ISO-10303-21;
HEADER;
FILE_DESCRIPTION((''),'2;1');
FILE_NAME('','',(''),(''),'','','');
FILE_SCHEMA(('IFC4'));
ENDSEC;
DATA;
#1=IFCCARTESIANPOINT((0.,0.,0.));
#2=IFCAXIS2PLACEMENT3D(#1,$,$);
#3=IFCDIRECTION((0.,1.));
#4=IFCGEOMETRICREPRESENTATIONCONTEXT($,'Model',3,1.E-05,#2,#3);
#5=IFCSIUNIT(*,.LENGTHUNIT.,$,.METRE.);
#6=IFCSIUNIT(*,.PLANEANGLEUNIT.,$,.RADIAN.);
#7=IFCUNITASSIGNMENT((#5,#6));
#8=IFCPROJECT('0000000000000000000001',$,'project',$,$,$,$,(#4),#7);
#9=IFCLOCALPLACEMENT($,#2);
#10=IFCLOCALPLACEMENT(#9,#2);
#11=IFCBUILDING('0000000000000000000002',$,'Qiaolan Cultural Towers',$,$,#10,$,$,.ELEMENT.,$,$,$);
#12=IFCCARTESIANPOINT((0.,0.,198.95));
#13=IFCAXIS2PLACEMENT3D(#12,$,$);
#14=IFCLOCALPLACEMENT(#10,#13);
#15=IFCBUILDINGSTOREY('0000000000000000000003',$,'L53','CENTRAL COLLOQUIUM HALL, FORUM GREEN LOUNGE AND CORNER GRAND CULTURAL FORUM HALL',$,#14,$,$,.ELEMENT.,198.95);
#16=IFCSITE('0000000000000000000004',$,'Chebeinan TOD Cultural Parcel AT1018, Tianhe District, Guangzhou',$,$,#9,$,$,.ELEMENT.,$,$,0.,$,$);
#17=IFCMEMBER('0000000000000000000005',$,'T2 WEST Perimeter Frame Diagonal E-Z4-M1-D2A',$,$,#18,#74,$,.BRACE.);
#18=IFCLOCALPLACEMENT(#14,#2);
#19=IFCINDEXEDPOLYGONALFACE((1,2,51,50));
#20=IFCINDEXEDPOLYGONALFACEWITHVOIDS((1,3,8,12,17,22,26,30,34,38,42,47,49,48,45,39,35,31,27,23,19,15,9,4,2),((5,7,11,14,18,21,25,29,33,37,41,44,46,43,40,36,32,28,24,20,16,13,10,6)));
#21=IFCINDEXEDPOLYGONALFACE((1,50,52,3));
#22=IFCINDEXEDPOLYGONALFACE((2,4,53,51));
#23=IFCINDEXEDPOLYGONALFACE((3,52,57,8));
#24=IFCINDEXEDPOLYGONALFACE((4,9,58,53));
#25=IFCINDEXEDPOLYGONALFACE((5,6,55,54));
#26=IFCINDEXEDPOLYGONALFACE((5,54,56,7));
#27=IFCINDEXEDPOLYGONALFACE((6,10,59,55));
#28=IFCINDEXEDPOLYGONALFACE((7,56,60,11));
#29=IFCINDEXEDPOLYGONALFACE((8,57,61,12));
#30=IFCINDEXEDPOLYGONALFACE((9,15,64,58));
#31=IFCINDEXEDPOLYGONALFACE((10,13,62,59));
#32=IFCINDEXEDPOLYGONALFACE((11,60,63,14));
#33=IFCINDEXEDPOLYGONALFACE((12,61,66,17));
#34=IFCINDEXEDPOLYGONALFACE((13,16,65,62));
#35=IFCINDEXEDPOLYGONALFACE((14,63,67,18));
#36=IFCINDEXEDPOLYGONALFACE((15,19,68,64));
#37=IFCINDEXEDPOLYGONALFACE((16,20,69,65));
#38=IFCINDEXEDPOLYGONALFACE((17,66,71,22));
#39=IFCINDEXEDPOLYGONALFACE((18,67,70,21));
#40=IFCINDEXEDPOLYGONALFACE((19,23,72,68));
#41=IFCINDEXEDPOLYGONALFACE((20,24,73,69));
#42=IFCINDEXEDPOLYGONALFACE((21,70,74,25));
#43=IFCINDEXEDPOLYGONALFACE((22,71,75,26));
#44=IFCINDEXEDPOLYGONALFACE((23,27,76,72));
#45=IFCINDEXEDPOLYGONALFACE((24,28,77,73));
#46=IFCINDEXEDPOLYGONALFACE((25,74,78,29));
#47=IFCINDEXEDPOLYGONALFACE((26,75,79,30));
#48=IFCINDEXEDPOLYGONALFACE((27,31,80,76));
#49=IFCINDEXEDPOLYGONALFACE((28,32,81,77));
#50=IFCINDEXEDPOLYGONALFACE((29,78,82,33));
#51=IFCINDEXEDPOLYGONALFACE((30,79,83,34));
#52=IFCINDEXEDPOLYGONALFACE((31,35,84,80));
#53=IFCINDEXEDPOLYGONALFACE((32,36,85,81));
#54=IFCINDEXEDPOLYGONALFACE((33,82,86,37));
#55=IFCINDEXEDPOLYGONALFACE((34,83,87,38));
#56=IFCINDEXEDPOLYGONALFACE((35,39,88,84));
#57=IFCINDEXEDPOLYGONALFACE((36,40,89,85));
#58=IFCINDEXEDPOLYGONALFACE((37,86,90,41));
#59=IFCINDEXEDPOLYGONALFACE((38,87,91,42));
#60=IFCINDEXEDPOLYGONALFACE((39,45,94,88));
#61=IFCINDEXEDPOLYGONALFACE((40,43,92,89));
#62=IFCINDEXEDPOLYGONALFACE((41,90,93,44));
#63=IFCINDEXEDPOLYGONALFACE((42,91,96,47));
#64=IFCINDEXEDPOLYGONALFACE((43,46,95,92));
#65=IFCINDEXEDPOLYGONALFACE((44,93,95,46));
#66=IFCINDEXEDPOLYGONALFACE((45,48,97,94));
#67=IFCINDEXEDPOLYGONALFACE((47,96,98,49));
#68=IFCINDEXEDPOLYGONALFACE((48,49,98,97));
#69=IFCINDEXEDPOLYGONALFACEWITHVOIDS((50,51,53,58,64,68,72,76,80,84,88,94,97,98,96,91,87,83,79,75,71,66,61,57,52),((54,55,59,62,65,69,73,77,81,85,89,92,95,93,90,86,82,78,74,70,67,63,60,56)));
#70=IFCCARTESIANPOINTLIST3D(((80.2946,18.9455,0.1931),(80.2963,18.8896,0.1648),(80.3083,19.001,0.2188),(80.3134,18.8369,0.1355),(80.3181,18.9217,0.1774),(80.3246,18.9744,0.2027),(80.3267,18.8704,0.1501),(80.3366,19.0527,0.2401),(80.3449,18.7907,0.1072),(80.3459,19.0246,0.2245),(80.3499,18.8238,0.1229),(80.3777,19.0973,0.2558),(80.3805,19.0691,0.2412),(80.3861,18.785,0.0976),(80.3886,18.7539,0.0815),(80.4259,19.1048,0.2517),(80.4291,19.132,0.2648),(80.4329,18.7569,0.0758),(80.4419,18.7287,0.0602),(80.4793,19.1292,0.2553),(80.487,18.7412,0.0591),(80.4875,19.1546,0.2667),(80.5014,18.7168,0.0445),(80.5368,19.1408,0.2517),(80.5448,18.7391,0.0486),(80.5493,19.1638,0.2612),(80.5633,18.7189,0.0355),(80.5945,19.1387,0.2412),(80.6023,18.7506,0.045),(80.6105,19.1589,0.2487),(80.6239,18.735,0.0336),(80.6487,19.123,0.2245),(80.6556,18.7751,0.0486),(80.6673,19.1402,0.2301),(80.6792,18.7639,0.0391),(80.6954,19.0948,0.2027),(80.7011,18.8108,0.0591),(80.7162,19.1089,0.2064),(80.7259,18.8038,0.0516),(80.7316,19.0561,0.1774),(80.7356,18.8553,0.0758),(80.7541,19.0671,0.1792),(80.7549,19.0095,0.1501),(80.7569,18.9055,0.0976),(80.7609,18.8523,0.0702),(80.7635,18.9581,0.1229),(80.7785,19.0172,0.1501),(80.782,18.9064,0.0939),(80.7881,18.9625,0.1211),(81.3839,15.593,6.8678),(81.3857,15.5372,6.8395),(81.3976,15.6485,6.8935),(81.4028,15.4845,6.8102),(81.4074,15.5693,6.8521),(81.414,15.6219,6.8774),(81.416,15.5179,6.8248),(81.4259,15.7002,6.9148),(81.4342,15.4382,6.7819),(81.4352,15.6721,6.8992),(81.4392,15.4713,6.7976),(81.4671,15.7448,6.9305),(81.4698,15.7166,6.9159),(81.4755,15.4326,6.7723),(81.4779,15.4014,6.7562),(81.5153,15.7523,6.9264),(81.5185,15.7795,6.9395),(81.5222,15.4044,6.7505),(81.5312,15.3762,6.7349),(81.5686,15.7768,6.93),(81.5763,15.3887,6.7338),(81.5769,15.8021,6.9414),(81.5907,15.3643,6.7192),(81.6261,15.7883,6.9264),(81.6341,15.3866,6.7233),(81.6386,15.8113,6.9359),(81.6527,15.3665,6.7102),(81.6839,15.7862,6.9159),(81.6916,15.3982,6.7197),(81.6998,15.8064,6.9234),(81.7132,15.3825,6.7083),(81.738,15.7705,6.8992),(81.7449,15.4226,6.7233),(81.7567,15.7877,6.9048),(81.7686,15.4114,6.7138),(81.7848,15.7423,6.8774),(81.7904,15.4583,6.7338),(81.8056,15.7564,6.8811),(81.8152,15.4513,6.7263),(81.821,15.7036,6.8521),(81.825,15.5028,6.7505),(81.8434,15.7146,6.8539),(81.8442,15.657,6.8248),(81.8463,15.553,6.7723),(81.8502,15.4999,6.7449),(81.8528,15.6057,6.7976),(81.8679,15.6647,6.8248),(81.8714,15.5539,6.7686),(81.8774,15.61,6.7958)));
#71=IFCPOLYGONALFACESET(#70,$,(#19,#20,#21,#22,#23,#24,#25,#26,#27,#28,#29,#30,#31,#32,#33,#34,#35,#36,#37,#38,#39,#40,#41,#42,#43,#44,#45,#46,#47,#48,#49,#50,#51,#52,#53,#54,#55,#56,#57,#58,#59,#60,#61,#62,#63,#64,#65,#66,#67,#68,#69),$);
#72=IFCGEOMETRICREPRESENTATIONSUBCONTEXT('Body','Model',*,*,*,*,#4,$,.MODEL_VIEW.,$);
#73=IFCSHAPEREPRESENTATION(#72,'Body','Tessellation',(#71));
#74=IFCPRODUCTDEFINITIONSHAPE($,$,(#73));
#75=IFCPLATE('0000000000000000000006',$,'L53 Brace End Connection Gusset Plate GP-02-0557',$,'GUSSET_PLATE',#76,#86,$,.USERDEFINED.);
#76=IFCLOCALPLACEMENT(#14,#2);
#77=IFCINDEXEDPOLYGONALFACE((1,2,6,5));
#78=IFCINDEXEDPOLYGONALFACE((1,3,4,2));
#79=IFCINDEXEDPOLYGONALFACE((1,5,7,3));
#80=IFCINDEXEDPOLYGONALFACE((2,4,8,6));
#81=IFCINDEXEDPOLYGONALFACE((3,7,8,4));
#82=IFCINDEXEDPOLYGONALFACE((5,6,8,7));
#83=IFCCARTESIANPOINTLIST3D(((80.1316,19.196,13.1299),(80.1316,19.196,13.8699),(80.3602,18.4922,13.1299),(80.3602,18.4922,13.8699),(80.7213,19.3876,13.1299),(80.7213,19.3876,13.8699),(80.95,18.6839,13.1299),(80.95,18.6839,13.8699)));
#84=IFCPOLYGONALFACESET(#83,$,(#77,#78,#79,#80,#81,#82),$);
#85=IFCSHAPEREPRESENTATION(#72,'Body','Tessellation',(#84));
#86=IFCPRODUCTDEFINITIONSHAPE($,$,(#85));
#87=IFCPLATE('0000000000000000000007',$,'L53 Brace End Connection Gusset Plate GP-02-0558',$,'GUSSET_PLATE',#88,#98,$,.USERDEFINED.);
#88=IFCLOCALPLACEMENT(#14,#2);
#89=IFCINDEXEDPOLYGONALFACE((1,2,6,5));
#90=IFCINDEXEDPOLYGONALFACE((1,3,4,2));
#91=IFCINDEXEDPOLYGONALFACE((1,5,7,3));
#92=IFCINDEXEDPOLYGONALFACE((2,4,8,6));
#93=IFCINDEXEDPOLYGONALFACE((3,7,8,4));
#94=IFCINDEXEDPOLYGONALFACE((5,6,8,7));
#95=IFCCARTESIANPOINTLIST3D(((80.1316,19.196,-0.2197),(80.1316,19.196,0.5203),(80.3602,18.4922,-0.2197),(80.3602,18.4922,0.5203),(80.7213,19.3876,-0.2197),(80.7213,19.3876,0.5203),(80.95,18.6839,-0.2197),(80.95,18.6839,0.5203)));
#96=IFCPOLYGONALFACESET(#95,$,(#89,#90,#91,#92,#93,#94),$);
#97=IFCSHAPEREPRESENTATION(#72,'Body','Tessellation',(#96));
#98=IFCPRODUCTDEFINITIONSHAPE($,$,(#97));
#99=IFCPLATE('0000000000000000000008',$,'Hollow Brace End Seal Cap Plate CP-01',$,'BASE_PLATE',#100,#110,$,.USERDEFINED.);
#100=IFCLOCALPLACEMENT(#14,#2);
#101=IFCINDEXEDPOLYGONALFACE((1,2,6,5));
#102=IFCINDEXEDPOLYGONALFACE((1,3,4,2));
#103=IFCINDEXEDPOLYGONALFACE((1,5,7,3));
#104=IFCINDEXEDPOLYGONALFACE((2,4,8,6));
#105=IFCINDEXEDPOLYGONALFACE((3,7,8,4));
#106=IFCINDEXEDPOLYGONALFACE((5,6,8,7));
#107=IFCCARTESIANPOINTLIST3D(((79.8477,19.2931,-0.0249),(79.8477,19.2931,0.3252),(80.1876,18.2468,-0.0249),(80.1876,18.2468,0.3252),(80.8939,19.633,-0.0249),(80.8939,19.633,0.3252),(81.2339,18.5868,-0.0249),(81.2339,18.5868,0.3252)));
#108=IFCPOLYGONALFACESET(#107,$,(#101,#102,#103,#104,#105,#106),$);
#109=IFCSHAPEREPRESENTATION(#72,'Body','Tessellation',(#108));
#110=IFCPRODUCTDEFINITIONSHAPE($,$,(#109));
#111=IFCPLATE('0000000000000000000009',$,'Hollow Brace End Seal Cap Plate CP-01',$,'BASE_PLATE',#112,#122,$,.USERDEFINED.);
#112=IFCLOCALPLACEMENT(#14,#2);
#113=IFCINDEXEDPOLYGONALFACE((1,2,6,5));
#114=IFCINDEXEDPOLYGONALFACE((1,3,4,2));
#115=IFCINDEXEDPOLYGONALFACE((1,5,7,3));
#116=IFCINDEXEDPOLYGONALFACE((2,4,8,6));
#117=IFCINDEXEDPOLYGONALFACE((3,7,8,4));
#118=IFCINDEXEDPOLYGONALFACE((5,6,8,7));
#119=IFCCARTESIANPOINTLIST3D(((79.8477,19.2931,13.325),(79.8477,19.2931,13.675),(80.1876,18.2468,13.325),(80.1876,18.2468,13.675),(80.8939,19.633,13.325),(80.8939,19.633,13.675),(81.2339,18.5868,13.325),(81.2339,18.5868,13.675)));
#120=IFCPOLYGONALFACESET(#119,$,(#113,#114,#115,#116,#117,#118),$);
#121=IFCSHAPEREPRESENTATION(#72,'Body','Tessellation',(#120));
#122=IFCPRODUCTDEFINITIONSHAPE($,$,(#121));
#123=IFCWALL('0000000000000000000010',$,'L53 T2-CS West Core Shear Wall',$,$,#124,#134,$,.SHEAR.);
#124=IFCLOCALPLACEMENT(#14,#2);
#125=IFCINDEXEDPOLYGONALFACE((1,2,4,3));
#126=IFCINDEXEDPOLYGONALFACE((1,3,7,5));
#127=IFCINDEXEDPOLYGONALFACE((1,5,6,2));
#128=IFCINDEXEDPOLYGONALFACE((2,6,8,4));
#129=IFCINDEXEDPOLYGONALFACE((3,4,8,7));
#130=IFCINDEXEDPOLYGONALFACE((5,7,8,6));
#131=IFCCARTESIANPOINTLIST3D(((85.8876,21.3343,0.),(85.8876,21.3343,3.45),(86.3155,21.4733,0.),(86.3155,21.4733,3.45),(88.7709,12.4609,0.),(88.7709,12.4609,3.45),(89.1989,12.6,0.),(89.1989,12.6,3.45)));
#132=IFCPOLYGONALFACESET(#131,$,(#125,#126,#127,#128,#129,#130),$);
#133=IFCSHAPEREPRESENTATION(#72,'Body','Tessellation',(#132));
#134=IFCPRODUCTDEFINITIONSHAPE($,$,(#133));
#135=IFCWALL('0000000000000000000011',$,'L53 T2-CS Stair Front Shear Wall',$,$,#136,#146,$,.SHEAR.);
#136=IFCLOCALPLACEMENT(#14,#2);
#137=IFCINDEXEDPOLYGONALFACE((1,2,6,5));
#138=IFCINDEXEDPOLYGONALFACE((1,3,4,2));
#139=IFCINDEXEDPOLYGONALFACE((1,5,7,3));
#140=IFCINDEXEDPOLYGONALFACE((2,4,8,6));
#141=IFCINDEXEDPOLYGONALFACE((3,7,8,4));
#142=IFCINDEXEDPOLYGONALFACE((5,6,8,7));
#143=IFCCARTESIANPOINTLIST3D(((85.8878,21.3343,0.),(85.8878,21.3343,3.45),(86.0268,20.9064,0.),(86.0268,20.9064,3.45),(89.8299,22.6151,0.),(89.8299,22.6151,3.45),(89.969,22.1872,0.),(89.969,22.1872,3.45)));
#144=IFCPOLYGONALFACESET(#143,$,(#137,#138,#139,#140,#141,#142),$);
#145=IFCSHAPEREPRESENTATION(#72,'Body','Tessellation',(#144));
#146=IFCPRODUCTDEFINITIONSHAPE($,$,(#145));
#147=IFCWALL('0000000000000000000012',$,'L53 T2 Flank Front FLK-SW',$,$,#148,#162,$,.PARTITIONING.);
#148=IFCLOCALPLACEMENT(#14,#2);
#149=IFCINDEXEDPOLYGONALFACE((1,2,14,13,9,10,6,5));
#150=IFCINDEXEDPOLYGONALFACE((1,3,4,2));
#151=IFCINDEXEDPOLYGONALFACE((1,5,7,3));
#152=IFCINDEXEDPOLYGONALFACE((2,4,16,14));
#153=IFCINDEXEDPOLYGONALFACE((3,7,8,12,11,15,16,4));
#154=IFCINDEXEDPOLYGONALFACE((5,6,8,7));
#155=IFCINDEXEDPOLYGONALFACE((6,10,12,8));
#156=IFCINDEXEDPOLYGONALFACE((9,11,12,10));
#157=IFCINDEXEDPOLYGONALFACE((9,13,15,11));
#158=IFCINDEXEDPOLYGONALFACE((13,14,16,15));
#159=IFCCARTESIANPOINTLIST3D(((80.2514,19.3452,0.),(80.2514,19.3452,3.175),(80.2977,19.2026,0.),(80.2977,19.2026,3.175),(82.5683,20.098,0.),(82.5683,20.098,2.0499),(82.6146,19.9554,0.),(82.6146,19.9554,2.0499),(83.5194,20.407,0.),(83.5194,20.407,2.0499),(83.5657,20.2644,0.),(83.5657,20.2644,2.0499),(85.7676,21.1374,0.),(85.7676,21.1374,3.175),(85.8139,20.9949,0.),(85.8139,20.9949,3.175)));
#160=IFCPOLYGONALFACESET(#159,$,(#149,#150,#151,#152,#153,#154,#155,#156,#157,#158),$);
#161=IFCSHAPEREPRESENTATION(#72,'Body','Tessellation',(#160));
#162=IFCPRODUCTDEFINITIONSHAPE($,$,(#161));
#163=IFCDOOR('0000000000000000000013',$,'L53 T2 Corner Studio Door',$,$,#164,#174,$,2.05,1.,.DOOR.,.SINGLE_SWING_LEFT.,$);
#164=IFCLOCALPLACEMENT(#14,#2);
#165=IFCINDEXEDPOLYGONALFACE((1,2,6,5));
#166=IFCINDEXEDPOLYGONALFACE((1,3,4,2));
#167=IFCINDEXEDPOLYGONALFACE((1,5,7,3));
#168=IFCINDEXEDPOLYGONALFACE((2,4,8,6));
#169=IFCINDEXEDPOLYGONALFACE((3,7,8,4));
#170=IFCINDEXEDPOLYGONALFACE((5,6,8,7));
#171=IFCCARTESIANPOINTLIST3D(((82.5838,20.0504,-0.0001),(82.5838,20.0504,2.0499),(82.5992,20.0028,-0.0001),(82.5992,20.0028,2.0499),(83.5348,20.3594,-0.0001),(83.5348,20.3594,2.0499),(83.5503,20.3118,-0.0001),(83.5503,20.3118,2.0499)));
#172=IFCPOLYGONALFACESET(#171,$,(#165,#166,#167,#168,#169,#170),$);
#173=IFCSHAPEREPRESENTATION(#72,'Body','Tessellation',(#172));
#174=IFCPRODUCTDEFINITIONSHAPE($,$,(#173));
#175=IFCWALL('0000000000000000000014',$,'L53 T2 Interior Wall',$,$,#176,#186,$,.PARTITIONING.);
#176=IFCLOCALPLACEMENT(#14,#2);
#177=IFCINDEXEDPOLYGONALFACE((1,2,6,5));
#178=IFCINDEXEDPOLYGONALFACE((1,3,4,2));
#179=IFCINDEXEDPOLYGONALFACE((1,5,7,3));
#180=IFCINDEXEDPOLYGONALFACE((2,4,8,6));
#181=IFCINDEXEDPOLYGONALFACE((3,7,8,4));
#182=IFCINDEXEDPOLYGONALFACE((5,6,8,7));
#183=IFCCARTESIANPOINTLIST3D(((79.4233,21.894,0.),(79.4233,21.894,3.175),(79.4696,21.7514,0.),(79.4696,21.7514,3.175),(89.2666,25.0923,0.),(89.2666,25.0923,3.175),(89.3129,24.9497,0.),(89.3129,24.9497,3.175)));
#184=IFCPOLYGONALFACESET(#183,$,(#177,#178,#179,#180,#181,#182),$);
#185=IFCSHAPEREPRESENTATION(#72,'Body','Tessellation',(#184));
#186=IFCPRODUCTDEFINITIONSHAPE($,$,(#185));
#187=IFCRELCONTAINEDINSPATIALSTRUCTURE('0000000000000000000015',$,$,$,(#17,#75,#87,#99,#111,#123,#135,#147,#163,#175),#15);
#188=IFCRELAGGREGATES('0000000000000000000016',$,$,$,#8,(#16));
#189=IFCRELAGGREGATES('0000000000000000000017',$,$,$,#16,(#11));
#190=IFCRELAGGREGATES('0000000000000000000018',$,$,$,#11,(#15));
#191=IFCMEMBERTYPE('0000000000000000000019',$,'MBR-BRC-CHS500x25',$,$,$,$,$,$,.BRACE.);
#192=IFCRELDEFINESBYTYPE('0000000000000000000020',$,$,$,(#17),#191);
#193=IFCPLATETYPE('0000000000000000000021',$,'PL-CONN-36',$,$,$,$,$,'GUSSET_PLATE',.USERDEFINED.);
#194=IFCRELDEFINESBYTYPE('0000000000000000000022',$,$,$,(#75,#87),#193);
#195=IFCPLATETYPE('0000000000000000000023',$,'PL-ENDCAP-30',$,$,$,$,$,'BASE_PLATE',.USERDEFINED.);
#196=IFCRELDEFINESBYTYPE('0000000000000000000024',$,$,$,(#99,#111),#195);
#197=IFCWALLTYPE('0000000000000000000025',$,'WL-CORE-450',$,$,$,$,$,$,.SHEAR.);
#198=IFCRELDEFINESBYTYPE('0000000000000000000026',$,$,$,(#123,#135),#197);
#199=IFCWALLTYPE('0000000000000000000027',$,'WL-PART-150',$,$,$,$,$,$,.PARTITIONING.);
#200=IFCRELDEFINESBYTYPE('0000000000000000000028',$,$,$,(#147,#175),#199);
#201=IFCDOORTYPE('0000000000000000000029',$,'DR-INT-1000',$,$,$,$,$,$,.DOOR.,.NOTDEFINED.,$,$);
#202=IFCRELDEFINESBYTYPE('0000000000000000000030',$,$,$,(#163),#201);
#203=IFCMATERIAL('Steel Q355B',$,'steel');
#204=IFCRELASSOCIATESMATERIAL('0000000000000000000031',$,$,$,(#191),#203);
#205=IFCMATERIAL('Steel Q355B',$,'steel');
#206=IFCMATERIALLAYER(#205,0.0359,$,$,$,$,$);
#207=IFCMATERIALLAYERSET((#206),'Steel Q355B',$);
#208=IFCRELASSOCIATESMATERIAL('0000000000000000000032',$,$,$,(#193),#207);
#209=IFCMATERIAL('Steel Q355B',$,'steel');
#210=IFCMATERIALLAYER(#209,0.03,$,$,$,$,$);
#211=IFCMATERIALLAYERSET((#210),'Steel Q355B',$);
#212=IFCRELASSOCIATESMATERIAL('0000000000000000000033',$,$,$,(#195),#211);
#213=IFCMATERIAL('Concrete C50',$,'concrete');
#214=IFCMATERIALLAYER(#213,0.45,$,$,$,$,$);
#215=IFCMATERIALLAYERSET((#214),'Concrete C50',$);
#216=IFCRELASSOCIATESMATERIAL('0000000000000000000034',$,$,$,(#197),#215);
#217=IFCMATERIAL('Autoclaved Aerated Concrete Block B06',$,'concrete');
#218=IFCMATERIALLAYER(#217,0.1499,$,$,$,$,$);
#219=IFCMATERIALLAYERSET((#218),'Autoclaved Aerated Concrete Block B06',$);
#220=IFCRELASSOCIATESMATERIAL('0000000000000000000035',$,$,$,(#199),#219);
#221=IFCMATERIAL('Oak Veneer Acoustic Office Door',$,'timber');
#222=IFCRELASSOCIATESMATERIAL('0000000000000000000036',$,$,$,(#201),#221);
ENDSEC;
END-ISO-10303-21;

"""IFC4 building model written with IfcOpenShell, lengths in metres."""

from ifc_helpers import new_model, si_unit, direction, frame, frame_2d, origin, origin_2d, place, context, subcontext, project, spatial, rectangle, hollow_circle, extrude, material, layer, layer_set, material_profile, profile_set, type_object, element, fill, save


model = new_model("IFC4")

# Units and contexts
model_context = context("Model", 3, precision=1e-05, world=origin(), true_north=direction((0.0, 1.0)))
body_context = subcontext(model_context, "Body", "Model", "MODEL_VIEW")
ifc_project = project(units=[si_unit("LENGTHUNIT", "METRE"), si_unit("PLANEANGLEUNIT", "RADIAN")], contexts=[model_context])

# Site, building, storey
site_placement = place(None, origin())
site = spatial("IfcSite", under=ifc_project, at=site_placement, Name="Chebeinan TOD Cultural Parcel AT1018, Tianhe District, Guangzhou", CompositionType="ELEMENT", RefElevation=0.0)
building_placement = place(site_placement, origin())
building = spatial("IfcBuilding", under=site, at=building_placement, Name="Qiaolan Cultural Towers", CompositionType="ELEMENT")
storey_placement = place(building_placement, frame((0.0, 0.0, 198.95)))
storey = spatial("IfcBuildingStorey", under=building, at=storey_placement, Name="L53", Description="CENTRAL COLLOQUIUM HALL, FORUM GREEN LOUNGE AND CORNER GRAND CULTURAL FORUM HALL", CompositionType="ELEMENT", Elevation=198.95)

# Member
ifc_material_1 = material(Name="Steel Q355B", Category="steel")
ifc_material_profile_1 = material_profile(ifc_material_1, hollow_circle(Radius=0.25, WallThickness=0.0249, at=origin_2d()), Name="CHS500x25")
ifc_profile_set_1 = profile_set([ifc_material_profile_1], Name="Steel Q355B")
member_type = type_object("IfcMemberType", Name="MBR-BRC-CHS500x25", PredefinedType="BRACE", material=ifc_profile_set_1)
member_placement = place(storey_placement, frame((80.5408, 18.9399, 0.1501), z_axis=(0.144315, -0.444136, 0.884261), x_axis=(0.951052, 0.30903, 0.0)))
element("IfcMember", 1, at=member_placement, inside=storey, type_object=member_type, Name="T2 WEST Perimeter Frame Diagonal E-Z4-M1-D2A", PredefinedType="BRACE", context=body_context, shape_type="SweptSolid", body=[
    extrude(hollow_circle(Radius=0.25, WallThickness=0.0249, at=origin_2d()), origin(), (0.0, 0.0, 1.0), 7.5483),
])

# Plates
ifc_material_2 = material(Name="Steel Q355B", Category="steel")
ifc_layer_1 = layer(ifc_material_2, 0.0359)
ifc_layer_set_1 = layer_set([ifc_layer_1], Name="Steel Q355B")
plate_type_1 = type_object("IfcPlateType", Name="PL-CONN-36", ElementType="GUSSET_PLATE", PredefinedType="USERDEFINED", material=ifc_layer_set_1)
for number, where, z_axis, x_axis, name in (
    (2, (80.5408, 18.9399, 13.1299), (0.0, 0.0, 1.0), (-0.309017, 0.951057, 0.0), "L53 Brace End Connection Gusset Plate GP-02-0557"),
    (3, (80.5408, 18.9399, -0.2197), (0.0, 0.0, 1.0), (-0.309017, 0.951057, 0.0), "L53 Brace End Connection Gusset Plate GP-02-0558"),
):
    element("IfcPlate", number, at=place(storey_placement, frame(where, z_axis=z_axis, x_axis=x_axis)), inside=storey, type_object=plate_type_1, Name=name, ObjectType="GUSSET_PLATE", PredefinedType="USERDEFINED", context=body_context, shape_type="SweptSolid", body=[
        extrude(rectangle(XDim=0.74, YDim=0.6201, at=origin_2d()), origin(), (0.0, 0.0, 1.0), 0.74),
    ])
ifc_material_3 = material(Name="Steel Q355B", Category="steel")
ifc_layer_2 = layer(ifc_material_3, 0.03)
ifc_layer_set_2 = layer_set([ifc_layer_2], Name="Steel Q355B")
plate_type_2 = type_object("IfcPlateType", Name="PL-ENDCAP-30", ElementType="BASE_PLATE", PredefinedType="USERDEFINED", material=ifc_layer_set_2)
for number, where, z_axis, x_axis, name in (
    (4, (80.5408, 18.9399, -0.0249), (0.0, 0.0, 1.0), (-0.309017, 0.951057, 0.0), "Hollow Brace End Seal Cap Plate CP-01"),
    (5, (80.5408, 18.9399, 13.325), (0.0, 0.0, 1.0), (-0.309017, 0.951057, 0.0), "Hollow Brace End Seal Cap Plate CP-01"),
):
    element("IfcPlate", number, at=place(storey_placement, frame(where, z_axis=z_axis, x_axis=x_axis)), inside=storey, type_object=plate_type_2, Name=name, ObjectType="BASE_PLATE", PredefinedType="USERDEFINED", context=body_context, shape_type="SweptSolid", body=[
        extrude(rectangle(XDim=1.1001, YDim=1.1001, at=origin_2d()), origin(), (0.0, 0.0, 1.0), 0.3501),
    ])

# Walls
ifc_material_4 = material(Name="Concrete C50", Category="concrete")
ifc_layer_3 = layer(ifc_material_4, 0.45)
ifc_layer_set_3 = layer_set([ifc_layer_3], Name="Concrete C50")
wall_type_1 = type_object("IfcWallType", Name="WL-CORE-450", PredefinedType="SHEAR", material=ifc_layer_set_3)
wall_1_placement = place(storey_placement, frame((86.1016, 21.4038, 0.0), z_axis=(0.0, 0.0, 1.0), x_axis=(0.309036, -0.95105, 0.0)))
element("IfcWall", 6, at=wall_1_placement, inside=storey, type_object=wall_type_1, Name="L53 T2-CS West Core Shear Wall", PredefinedType="SHEAR", context=body_context, shape_type="SweptSolid", body=[
    extrude(rectangle(XDim=9.3301, YDim=0.45, at=frame_2d((4.665, 0.0))), origin(), (0.0, 0.0, 1.0), 3.45),
])
wall_2_placement = place(storey_placement, frame((85.9573, 21.1204, 0.0), z_axis=(0.0, 0.0, 1.0), x_axis=(0.951065, 0.308992, 0.0)))
element("IfcWall", 7, at=wall_2_placement, inside=storey, type_object=wall_type_1, Name="L53 T2-CS Stair Front Shear Wall", PredefinedType="SHEAR", context=body_context, shape_type="SweptSolid", body=[
    extrude(rectangle(XDim=4.145, YDim=0.45, at=frame_2d((2.0725, 0.0))), origin(), (0.0, 0.0, 1.0), 3.45),
])

# Wall, opening, door
ifc_material_5 = material(Name="Autoclaved Aerated Concrete Block B06", Category="concrete")
ifc_layer_4 = layer(ifc_material_5, 0.1499)
ifc_layer_set_4 = layer_set([ifc_layer_4], Name="Autoclaved Aerated Concrete Block B06")
wall_type_2 = type_object("IfcWallType", Name="WL-PART-150", PredefinedType="PARTITIONING", material=ifc_layer_set_4)
wall_3_placement = place(storey_placement, frame((80.2747, 19.2739, 0.0), z_axis=(0.0, 0.0, 1.0), x_axis=(0.951059, 0.309008, 0.0)))
wall_3 = element("IfcWall", 8, at=wall_3_placement, inside=storey, type_object=wall_type_2, Name="L53 T2 Flank Front FLK-SW", PredefinedType="PARTITIONING", context=body_context, shape_type="SweptSolid", body=[
    extrude(rectangle(XDim=5.8, YDim=0.1499, at=frame_2d((2.8999, 0.0))), origin(), (0.0, 0.0, 1.0), 3.175),
])
opening_1_placement = place(wall_3_placement, frame((2.436, 0.0, 0.0)))
opening_1 = element("IfcOpeningElement", 9, at=opening_1_placement, cuts=wall_3, PredefinedType="OPENING", context=body_context, shape_type="SweptSolid", body=[
    extrude(rectangle(XDim=1.0, YDim=2.05, at=frame_2d((0.5, 1.0249))), frame((0.0, 0.085, 0.0), z_axis=(0.0, -1.0, 0.0), x_axis=(1.0, 0.0, 0.0)), (0.0, 0.0, 1.0), 0.1699),
])
ifc_material_6 = material(Name="Oak Veneer Acoustic Office Door", Category="timber")
door_type_1 = type_object("IfcDoorType", Name="DR-INT-1000", OperationType="NOTDEFINED", PredefinedType="DOOR", material=ifc_material_6)
door_1_placement = place(opening_1_placement, origin())
door_1 = element("IfcDoor", 10, at=door_1_placement, inside=storey, type_object=door_type_1, Name="L53 T2 Corner Studio Door", OperationType="SINGLE_SWING_LEFT", OverallHeight=2.05, OverallWidth=1.0, PredefinedType="DOOR", context=body_context, shape_type="SweptSolid", body=[
    extrude(rectangle(XDim=1.0, YDim=2.05, at=frame_2d((0.5, 1.0249))), frame((0.0, 0.0249, 0.0), z_axis=(0.0, -1.0, 0.0), x_axis=(1.0, 0.0, 0.0)), (0.0, 0.0, 1.0), 0.05),
])
fill(opening_1, door_1)

# Wall
wall_4_placement = place(storey_placement, frame((79.4465, 21.8228, 0.0), z_axis=(0.0, 0.0, 1.0), x_axis=(0.951057, 0.309015, 0.0)))
element("IfcWall", 11, at=wall_4_placement, inside=storey, type_object=wall_type_2, Name="L53 T2 Interior Wall", PredefinedType="PARTITIONING", context=body_context, shape_type="SweptSolid", body=[
    extrude(rectangle(XDim=10.3499, YDim=0.1499, at=frame_2d((5.1748, 0.0))), origin(), (0.0, 0.0, 1.0), 3.175),
])

save(model, "model.ifc")
